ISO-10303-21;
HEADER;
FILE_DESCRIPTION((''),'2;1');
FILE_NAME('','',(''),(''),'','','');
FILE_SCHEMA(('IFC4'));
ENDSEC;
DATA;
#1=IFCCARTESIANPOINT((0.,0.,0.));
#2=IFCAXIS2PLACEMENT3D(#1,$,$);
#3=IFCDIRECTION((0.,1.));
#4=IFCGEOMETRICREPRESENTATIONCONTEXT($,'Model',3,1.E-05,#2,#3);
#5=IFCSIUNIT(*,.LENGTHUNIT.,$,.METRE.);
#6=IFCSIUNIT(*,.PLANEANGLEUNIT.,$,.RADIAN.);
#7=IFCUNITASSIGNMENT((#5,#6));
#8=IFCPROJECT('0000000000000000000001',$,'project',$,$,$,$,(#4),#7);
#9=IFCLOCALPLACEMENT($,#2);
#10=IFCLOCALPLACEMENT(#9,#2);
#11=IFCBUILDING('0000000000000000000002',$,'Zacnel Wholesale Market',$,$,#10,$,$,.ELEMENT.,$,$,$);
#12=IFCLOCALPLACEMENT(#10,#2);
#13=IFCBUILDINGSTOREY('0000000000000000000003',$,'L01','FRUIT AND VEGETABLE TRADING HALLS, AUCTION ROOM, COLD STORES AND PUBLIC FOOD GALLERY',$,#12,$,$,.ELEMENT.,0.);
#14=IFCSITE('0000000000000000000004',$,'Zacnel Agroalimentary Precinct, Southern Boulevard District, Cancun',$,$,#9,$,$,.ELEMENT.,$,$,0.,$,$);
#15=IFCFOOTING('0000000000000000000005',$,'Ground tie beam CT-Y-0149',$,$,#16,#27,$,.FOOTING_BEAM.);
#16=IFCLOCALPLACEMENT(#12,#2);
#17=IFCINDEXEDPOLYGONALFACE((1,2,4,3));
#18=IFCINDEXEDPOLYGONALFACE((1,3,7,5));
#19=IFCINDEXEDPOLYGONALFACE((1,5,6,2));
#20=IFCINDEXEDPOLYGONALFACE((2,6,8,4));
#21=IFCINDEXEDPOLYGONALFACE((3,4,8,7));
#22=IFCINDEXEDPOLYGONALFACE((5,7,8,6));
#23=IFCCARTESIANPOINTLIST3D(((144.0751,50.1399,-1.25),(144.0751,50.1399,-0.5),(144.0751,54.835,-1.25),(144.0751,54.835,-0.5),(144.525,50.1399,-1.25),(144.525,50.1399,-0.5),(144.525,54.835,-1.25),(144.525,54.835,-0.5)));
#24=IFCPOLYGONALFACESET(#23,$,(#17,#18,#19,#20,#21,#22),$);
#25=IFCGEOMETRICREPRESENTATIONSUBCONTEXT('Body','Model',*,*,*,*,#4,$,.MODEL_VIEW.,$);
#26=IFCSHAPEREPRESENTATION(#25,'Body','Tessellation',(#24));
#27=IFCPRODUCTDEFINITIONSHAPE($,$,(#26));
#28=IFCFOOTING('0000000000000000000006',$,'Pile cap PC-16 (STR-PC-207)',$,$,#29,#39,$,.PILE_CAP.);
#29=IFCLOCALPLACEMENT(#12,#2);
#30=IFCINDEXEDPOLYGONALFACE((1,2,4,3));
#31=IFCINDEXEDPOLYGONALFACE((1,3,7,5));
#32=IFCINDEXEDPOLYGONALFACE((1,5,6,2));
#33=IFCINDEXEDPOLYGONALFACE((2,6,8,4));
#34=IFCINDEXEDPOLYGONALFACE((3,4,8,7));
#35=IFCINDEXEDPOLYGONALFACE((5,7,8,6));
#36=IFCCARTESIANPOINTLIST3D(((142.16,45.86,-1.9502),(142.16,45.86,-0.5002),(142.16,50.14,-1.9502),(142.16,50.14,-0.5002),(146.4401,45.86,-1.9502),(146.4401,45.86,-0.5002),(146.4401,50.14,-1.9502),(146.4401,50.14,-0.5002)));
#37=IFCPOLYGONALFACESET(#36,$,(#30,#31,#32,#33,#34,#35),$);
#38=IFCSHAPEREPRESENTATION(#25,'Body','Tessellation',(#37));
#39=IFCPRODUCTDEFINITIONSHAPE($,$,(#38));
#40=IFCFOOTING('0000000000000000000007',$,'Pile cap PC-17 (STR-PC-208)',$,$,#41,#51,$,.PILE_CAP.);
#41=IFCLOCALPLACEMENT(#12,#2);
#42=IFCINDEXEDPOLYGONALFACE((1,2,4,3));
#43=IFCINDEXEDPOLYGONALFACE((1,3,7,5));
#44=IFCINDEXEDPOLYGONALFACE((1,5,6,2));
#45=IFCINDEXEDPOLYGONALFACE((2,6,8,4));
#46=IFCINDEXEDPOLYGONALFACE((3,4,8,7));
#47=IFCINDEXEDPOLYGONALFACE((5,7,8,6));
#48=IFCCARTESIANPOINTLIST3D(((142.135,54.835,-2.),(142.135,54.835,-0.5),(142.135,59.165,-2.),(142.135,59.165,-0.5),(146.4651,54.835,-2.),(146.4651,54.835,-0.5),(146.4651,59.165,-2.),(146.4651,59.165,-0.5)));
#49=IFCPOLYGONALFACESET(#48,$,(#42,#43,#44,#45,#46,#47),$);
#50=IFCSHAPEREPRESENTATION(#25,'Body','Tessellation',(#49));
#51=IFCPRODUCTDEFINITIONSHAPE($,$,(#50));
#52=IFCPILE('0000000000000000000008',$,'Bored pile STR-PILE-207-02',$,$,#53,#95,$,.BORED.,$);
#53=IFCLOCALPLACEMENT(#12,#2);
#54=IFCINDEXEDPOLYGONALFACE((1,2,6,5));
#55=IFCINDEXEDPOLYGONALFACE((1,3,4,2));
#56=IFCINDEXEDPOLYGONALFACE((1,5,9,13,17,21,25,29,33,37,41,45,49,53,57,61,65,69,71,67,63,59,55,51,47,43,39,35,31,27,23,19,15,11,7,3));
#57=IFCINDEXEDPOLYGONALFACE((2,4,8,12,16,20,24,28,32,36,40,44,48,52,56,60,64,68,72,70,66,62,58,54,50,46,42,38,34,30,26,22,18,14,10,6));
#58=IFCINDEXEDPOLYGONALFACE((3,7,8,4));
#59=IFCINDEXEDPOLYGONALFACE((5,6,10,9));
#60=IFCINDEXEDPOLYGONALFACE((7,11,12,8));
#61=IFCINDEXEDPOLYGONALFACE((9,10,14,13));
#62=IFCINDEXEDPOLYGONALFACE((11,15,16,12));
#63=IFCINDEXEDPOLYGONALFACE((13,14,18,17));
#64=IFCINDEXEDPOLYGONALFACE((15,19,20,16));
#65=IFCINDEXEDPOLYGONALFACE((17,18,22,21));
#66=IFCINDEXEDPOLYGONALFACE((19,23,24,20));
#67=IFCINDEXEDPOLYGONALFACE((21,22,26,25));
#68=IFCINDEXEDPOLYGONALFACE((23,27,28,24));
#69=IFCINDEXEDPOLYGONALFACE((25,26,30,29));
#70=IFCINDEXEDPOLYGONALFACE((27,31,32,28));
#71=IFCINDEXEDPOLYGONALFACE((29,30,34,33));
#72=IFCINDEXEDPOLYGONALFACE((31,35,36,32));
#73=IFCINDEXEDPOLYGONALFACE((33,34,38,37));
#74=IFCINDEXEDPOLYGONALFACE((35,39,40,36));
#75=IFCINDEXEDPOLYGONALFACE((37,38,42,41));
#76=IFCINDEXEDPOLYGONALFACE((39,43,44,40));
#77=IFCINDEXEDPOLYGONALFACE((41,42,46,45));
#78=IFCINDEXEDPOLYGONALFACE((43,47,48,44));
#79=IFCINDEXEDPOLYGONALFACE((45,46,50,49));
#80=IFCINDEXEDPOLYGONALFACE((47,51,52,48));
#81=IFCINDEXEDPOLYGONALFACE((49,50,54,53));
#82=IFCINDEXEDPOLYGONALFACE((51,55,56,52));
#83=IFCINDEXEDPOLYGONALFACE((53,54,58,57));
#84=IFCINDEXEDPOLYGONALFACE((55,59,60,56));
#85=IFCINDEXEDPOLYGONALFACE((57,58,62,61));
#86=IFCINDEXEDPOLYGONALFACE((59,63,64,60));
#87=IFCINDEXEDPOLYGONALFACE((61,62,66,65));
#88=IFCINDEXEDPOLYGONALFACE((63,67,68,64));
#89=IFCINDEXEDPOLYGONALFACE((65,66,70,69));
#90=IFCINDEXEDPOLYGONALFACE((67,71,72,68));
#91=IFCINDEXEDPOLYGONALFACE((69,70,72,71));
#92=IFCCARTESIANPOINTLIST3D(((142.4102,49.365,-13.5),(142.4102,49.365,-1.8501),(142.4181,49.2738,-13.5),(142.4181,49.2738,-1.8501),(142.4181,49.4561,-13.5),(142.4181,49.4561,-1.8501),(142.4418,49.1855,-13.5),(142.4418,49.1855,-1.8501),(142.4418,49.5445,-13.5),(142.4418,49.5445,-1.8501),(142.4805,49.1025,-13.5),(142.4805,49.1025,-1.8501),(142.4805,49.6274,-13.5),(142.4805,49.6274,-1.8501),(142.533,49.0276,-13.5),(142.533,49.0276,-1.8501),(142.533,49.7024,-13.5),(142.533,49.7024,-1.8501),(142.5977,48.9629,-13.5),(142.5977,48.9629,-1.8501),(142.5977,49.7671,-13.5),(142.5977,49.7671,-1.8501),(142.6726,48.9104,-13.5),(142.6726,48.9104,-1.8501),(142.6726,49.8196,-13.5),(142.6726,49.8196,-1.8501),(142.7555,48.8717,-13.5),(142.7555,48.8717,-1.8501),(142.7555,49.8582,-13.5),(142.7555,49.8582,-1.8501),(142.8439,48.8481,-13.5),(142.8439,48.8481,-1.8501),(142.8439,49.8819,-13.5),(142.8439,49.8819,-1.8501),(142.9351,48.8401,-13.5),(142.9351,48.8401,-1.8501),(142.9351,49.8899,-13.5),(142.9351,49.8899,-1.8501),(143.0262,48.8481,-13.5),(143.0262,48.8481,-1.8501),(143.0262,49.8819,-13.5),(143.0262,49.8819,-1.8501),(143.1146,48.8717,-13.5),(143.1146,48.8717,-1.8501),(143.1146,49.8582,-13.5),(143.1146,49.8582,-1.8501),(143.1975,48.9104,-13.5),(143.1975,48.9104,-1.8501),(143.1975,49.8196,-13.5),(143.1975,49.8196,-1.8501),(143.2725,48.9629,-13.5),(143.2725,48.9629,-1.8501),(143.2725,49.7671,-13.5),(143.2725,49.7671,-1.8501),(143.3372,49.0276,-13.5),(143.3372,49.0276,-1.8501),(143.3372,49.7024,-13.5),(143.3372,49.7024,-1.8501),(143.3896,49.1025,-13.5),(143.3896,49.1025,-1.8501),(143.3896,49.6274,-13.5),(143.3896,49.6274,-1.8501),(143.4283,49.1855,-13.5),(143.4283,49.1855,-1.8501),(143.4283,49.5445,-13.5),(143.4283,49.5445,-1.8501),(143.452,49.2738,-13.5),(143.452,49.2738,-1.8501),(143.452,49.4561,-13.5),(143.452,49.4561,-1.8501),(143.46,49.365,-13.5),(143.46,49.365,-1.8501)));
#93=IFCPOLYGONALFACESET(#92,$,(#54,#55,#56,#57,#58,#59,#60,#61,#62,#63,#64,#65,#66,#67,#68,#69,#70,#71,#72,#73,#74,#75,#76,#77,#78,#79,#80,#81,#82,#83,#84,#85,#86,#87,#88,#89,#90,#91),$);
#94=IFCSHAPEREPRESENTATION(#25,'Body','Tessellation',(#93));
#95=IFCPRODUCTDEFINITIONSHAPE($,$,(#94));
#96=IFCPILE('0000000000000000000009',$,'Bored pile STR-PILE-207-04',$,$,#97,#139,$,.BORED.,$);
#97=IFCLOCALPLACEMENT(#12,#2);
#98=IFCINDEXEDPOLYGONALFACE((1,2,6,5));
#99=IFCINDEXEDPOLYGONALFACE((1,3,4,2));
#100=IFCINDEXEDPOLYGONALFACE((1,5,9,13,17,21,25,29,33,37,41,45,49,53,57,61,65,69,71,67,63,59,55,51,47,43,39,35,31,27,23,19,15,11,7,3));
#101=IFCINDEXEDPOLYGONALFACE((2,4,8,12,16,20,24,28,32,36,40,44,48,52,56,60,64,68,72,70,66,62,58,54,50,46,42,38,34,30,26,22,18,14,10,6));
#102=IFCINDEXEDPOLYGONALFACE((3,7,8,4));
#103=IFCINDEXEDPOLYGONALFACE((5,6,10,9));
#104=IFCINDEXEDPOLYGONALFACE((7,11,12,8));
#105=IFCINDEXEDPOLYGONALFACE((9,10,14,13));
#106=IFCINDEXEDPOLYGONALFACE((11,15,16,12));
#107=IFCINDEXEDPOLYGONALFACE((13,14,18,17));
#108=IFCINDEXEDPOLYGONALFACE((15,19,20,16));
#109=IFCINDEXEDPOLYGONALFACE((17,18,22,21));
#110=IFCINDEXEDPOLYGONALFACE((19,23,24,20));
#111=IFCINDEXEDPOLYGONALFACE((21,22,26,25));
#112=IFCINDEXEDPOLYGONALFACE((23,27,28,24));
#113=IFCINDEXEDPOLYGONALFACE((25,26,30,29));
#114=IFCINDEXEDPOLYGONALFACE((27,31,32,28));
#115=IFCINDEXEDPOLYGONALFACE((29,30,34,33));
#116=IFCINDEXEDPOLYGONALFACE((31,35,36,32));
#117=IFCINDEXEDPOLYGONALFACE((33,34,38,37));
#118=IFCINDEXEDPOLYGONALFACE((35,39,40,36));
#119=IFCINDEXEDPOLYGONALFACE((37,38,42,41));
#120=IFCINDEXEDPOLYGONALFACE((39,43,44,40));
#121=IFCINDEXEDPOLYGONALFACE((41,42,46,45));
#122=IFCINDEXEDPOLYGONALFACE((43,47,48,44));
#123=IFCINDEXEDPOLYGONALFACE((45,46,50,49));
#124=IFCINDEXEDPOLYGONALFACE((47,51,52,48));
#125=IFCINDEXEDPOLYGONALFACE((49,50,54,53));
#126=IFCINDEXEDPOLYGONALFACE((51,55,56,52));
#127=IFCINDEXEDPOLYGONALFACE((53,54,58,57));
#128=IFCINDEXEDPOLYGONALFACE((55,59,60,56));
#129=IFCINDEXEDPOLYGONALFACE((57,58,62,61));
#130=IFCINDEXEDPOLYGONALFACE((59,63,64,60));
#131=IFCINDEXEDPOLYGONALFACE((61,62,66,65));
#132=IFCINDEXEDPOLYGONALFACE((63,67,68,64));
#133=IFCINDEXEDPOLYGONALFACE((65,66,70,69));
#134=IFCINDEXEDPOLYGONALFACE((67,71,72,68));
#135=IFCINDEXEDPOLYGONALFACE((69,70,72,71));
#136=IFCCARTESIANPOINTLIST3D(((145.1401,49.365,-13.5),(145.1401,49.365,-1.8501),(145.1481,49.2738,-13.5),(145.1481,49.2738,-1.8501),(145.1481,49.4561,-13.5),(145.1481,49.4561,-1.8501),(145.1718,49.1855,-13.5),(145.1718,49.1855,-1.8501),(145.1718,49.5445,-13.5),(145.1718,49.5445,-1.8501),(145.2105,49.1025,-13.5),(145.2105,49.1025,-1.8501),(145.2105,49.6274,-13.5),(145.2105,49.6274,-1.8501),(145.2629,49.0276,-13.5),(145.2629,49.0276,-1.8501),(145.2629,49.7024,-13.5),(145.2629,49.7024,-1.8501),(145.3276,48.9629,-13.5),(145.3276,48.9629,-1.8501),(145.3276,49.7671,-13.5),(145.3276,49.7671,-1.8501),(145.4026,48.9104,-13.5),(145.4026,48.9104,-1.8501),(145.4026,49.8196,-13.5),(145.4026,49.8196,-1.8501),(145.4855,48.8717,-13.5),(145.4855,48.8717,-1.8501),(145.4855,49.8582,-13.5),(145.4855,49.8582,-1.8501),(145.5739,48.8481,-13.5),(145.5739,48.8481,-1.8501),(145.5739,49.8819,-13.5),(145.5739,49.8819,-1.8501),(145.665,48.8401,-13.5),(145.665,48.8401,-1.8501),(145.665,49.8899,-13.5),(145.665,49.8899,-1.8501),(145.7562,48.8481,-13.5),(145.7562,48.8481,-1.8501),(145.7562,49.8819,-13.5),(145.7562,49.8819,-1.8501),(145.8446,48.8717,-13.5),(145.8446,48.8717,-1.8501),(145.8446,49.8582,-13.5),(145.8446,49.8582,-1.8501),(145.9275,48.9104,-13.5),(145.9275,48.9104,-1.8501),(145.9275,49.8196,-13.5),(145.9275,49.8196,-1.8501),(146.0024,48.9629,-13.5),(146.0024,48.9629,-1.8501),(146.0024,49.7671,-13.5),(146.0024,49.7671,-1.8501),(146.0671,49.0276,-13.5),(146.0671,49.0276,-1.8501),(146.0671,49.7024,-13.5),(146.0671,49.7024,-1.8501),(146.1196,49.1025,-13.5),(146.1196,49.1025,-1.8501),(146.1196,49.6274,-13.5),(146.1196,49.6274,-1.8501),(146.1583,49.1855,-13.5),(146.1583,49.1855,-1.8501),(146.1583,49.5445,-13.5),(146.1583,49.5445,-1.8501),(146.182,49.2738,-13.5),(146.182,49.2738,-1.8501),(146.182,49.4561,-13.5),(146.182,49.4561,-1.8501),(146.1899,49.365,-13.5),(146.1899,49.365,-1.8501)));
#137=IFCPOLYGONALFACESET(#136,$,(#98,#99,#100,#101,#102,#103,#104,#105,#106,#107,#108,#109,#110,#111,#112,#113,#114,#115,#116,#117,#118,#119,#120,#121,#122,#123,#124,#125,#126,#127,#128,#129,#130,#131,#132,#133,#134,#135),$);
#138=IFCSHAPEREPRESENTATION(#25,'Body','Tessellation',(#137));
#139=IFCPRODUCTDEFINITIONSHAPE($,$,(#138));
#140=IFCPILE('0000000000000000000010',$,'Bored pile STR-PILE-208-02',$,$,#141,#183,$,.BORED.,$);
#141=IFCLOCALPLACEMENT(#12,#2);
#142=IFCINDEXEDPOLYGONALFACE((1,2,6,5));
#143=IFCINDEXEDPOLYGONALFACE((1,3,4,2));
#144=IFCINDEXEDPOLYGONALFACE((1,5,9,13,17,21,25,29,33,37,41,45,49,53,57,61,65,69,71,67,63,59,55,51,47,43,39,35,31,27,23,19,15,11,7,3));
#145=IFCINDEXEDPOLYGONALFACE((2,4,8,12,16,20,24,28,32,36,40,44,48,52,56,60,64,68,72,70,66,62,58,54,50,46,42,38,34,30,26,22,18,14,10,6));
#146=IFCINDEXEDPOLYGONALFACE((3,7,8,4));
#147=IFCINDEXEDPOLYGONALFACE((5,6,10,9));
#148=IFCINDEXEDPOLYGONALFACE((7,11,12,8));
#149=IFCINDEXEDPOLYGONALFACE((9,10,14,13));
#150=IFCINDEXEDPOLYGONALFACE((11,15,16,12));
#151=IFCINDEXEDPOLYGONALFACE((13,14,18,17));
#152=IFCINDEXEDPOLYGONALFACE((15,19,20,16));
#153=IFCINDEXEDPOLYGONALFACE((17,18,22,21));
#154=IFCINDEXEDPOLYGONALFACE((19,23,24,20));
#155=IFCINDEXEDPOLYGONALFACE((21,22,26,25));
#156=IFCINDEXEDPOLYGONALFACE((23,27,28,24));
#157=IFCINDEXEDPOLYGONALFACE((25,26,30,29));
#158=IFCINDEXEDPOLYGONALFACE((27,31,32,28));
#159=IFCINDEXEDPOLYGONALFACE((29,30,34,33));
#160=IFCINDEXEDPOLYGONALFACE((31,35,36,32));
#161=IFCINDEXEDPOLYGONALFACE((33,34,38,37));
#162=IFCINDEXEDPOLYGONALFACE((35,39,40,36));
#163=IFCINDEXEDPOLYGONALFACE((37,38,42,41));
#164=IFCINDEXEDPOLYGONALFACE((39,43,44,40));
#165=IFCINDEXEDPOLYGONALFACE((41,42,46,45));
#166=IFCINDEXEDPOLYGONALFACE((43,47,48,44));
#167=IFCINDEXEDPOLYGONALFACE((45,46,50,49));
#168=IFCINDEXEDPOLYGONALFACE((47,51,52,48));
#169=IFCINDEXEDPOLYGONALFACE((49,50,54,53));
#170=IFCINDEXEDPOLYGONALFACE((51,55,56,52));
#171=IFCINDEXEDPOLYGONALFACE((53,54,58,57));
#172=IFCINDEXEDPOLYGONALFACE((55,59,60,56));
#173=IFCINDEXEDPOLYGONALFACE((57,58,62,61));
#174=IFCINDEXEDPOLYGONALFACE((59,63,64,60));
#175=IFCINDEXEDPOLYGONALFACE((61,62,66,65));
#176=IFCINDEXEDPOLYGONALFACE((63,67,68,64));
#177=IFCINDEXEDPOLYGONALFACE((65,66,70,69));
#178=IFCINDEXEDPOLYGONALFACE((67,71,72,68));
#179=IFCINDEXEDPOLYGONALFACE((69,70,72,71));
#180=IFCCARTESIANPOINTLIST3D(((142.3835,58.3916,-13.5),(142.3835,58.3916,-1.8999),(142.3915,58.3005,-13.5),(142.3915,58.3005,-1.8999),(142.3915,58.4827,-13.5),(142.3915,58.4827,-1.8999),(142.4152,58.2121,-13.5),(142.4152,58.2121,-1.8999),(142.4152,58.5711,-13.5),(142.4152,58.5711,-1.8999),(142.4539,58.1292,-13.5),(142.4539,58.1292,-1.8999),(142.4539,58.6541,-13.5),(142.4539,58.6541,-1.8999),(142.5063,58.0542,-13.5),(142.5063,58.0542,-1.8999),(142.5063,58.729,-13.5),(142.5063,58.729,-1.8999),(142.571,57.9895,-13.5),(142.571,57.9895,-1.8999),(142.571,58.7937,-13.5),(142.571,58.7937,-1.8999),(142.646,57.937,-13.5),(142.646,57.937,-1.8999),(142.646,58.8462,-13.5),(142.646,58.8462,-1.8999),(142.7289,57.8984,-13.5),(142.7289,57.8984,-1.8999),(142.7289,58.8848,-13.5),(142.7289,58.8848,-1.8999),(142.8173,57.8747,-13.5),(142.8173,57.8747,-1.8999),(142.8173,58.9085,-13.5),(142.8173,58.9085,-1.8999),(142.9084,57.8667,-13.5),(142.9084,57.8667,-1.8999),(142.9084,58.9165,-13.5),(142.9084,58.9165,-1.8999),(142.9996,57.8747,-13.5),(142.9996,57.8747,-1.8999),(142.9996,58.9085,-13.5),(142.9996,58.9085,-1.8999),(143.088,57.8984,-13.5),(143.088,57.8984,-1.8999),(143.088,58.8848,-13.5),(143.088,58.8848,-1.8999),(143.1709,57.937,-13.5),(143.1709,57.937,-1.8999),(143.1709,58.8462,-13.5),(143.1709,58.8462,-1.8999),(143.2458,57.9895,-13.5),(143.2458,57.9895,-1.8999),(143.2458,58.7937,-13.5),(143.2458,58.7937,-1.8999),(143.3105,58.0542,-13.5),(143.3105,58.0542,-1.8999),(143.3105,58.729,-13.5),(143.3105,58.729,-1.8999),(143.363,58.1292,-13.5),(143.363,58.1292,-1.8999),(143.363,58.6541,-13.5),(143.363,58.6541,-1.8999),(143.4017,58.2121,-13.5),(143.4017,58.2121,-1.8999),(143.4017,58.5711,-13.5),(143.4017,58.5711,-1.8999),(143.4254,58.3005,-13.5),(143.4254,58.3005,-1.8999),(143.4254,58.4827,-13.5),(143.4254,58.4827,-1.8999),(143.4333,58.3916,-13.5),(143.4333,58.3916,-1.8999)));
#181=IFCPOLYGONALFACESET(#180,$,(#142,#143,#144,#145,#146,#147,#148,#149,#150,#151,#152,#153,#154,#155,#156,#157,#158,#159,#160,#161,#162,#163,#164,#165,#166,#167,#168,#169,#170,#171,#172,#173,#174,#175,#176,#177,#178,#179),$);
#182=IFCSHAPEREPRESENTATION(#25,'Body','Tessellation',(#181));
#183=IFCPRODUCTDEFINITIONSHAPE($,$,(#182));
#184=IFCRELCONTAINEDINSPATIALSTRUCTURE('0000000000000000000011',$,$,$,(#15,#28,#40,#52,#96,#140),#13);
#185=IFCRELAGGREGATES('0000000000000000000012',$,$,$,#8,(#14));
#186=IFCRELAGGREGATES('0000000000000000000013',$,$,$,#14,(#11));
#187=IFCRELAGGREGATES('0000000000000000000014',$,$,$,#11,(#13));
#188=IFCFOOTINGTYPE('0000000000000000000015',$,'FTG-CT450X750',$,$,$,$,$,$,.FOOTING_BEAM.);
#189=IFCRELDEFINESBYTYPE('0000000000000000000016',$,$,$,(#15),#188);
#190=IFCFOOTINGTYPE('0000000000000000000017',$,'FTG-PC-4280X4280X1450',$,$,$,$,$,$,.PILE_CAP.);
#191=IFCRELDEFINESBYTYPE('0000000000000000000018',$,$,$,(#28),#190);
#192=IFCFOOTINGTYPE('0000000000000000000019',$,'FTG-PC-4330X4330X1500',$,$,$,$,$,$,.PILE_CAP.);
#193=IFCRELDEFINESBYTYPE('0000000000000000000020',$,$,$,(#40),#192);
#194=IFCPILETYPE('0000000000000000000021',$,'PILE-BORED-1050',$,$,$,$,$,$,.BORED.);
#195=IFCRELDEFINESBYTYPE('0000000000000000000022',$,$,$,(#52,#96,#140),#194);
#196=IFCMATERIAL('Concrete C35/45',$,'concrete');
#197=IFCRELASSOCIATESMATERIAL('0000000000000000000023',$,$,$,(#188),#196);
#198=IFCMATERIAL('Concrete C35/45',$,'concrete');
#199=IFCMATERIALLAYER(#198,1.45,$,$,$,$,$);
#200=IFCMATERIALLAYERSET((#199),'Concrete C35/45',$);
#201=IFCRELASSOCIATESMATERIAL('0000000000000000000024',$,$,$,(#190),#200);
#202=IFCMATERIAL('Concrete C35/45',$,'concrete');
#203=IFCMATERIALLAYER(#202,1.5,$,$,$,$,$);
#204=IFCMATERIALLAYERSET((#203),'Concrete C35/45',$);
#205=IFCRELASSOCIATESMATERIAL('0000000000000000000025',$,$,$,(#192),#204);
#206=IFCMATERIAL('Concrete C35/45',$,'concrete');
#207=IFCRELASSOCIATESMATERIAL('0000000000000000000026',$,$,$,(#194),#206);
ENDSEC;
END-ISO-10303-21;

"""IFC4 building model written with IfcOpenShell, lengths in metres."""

from ifc_helpers import new_model, si_unit, direction, frame, origin, origin_2d, place, context, subcontext, project, spatial, rectangle, circle, extrude, material, layer, layer_set, material_profile, profile_set, type_object, element, save


model = new_model("IFC4")

# Units and contexts
model_context = context("Model", 3, precision=1e-05, world=origin(), true_north=direction((0.0, 1.0)))
body_context = subcontext(model_context, "Body", "Model", "MODEL_VIEW")
ifc_project = project(units=[si_unit("LENGTHUNIT", "METRE"), si_unit("PLANEANGLEUNIT", "RADIAN")], contexts=[model_context])

# Site, building, storey
site_placement = place(None, origin())
site = spatial("IfcSite", under=ifc_project, at=site_placement, Name="Zacnel Agroalimentary Precinct, Southern Boulevard District, Cancun", CompositionType="ELEMENT", RefElevation=0.0)
building_placement = place(site_placement, origin())
building = spatial("IfcBuilding", under=site, at=building_placement, Name="Zacnel Wholesale Market", CompositionType="ELEMENT")
storey_placement = place(building_placement, origin())
storey = spatial("IfcBuildingStorey", under=building, at=storey_placement, Name="L01", Description="FRUIT AND VEGETABLE TRADING HALLS, AUCTION ROOM, COLD STORES AND PUBLIC FOOD GALLERY", CompositionType="ELEMENT", Elevation=0.0)

# Footings
ifc_material_1 = material(Name="Concrete C35/45", Category="concrete")
ifc_material_profile_1 = material_profile(ifc_material_1, rectangle(XDim=0.45, YDim=0.75, at=origin_2d()), Name="CT 450x750")
ifc_profile_set_1 = profile_set([ifc_material_profile_1], Name="Concrete C35/45")
footing_type_1 = type_object("IfcFootingType", Name="FTG-CT450X750", PredefinedType="FOOTING_BEAM", material=ifc_profile_set_1)
footing_1_placement = place(storey_placement, frame((144.3, 50.1399, -0.875), z_axis=(0.0, 1.0, 0.0), x_axis=(-1.0, 0.0, 0.0)))
element("IfcFooting", 1, at=footing_1_placement, inside=storey, type_object=footing_type_1, Name="Ground tie beam CT-Y-0149", PredefinedType="FOOTING_BEAM", context=body_context, shape_type="SweptSolid", body=[
    extrude(rectangle(XDim=0.45, YDim=0.75, at=origin_2d()), origin(), (0.0, 0.0, 1.0), 4.6951),
])
ifc_material_2 = material(Name="Concrete C35/45", Category="concrete")
ifc_layer_1 = layer(ifc_material_2, 1.45)
ifc_layer_set_1 = layer_set([ifc_layer_1], Name="Concrete C35/45")
footing_type_2 = type_object("IfcFootingType", Name="FTG-PC-4280X4280X1450", PredefinedType="PILE_CAP", material=ifc_layer_set_1)
footing_2_placement = place(storey_placement, frame((144.3, 48.0, -1.9502), z_axis=(0.0, 0.0, 1.0), x_axis=(1.0, 0.0, 0.0)))
element("IfcFooting", 2, at=footing_2_placement, inside=storey, type_object=footing_type_2, Name="Pile cap PC-16 (STR-PC-207)", PredefinedType="PILE_CAP", context=body_context, shape_type="SweptSolid", body=[
    extrude(rectangle(XDim=4.28, YDim=4.28, at=origin_2d()), origin(), (0.0, 0.0, 1.0), 1.45),
])
ifc_material_3 = material(Name="Concrete C35/45", Category="concrete")
ifc_layer_2 = layer(ifc_material_3, 1.5)
ifc_layer_set_2 = layer_set([ifc_layer_2], Name="Concrete C35/45")
footing_type_3 = type_object("IfcFootingType", Name="FTG-PC-4330X4330X1500", PredefinedType="PILE_CAP", material=ifc_layer_set_2)
footing_3_placement = place(storey_placement, frame((144.3, 57.0, -2.0), z_axis=(0.0, 0.0, 1.0), x_axis=(1.0, 0.0, 0.0)))
element("IfcFooting", 3, at=footing_3_placement, inside=storey, type_object=footing_type_3, Name="Pile cap PC-17 (STR-PC-208)", PredefinedType="PILE_CAP", context=body_context, shape_type="SweptSolid", body=[
    extrude(rectangle(XDim=4.3301, YDim=4.3301, at=origin_2d()), origin(), (0.0, 0.0, 1.0), 1.5),
])

# Piles
ifc_material_4 = material(Name="Concrete C35/45", Category="concrete")
ifc_material_profile_2 = material_profile(ifc_material_4, circle(Radius=0.5249, at=origin_2d()), Name="BORED PILE D1050")
ifc_profile_set_2 = profile_set([ifc_material_profile_2], Name="Concrete C35/45")
pile_type = type_object("IfcPileType", Name="PILE-BORED-1050", PredefinedType="BORED", material=ifc_profile_set_2)
for number, where, z_axis, x_axis, name in (
    (4, (142.9351, 49.365, -1.8501), (0.0, 0.0, -1.0), (1.0, 0.0, 0.0), "Bored pile STR-PILE-207-02"),
    (5, (145.665, 49.365, -1.8501), (0.0, 0.0, -1.0), (1.0, 0.0, 0.0), "Bored pile STR-PILE-207-04"),
):
    element("IfcPile", number, at=place(storey_placement, frame(where, z_axis=z_axis, x_axis=x_axis)), inside=storey, type_object=pile_type, Name=name, PredefinedType="BORED", context=body_context, shape_type="SweptSolid", body=[
        extrude(circle(Radius=0.5249, at=origin_2d()), origin(), (0.0, 0.0, 1.0), 11.6499),
    ])
for number, where, z_axis, x_axis, name in (
    (6, (142.9084, 58.3916, -1.8999), (0.0, 0.0, -1.0), (1.0, 0.0, 0.0), "Bored pile STR-PILE-208-02"),
):
    element("IfcPile", number, at=place(storey_placement, frame(where, z_axis=z_axis, x_axis=x_axis)), inside=storey, type_object=pile_type, Name=name, PredefinedType="BORED", context=body_context, shape_type="SweptSolid", body=[
        extrude(circle(Radius=0.5249, at=origin_2d()), origin(), (0.0, 0.0, 1.0), 11.6001),
    ])

save(model, "model.ifc")
